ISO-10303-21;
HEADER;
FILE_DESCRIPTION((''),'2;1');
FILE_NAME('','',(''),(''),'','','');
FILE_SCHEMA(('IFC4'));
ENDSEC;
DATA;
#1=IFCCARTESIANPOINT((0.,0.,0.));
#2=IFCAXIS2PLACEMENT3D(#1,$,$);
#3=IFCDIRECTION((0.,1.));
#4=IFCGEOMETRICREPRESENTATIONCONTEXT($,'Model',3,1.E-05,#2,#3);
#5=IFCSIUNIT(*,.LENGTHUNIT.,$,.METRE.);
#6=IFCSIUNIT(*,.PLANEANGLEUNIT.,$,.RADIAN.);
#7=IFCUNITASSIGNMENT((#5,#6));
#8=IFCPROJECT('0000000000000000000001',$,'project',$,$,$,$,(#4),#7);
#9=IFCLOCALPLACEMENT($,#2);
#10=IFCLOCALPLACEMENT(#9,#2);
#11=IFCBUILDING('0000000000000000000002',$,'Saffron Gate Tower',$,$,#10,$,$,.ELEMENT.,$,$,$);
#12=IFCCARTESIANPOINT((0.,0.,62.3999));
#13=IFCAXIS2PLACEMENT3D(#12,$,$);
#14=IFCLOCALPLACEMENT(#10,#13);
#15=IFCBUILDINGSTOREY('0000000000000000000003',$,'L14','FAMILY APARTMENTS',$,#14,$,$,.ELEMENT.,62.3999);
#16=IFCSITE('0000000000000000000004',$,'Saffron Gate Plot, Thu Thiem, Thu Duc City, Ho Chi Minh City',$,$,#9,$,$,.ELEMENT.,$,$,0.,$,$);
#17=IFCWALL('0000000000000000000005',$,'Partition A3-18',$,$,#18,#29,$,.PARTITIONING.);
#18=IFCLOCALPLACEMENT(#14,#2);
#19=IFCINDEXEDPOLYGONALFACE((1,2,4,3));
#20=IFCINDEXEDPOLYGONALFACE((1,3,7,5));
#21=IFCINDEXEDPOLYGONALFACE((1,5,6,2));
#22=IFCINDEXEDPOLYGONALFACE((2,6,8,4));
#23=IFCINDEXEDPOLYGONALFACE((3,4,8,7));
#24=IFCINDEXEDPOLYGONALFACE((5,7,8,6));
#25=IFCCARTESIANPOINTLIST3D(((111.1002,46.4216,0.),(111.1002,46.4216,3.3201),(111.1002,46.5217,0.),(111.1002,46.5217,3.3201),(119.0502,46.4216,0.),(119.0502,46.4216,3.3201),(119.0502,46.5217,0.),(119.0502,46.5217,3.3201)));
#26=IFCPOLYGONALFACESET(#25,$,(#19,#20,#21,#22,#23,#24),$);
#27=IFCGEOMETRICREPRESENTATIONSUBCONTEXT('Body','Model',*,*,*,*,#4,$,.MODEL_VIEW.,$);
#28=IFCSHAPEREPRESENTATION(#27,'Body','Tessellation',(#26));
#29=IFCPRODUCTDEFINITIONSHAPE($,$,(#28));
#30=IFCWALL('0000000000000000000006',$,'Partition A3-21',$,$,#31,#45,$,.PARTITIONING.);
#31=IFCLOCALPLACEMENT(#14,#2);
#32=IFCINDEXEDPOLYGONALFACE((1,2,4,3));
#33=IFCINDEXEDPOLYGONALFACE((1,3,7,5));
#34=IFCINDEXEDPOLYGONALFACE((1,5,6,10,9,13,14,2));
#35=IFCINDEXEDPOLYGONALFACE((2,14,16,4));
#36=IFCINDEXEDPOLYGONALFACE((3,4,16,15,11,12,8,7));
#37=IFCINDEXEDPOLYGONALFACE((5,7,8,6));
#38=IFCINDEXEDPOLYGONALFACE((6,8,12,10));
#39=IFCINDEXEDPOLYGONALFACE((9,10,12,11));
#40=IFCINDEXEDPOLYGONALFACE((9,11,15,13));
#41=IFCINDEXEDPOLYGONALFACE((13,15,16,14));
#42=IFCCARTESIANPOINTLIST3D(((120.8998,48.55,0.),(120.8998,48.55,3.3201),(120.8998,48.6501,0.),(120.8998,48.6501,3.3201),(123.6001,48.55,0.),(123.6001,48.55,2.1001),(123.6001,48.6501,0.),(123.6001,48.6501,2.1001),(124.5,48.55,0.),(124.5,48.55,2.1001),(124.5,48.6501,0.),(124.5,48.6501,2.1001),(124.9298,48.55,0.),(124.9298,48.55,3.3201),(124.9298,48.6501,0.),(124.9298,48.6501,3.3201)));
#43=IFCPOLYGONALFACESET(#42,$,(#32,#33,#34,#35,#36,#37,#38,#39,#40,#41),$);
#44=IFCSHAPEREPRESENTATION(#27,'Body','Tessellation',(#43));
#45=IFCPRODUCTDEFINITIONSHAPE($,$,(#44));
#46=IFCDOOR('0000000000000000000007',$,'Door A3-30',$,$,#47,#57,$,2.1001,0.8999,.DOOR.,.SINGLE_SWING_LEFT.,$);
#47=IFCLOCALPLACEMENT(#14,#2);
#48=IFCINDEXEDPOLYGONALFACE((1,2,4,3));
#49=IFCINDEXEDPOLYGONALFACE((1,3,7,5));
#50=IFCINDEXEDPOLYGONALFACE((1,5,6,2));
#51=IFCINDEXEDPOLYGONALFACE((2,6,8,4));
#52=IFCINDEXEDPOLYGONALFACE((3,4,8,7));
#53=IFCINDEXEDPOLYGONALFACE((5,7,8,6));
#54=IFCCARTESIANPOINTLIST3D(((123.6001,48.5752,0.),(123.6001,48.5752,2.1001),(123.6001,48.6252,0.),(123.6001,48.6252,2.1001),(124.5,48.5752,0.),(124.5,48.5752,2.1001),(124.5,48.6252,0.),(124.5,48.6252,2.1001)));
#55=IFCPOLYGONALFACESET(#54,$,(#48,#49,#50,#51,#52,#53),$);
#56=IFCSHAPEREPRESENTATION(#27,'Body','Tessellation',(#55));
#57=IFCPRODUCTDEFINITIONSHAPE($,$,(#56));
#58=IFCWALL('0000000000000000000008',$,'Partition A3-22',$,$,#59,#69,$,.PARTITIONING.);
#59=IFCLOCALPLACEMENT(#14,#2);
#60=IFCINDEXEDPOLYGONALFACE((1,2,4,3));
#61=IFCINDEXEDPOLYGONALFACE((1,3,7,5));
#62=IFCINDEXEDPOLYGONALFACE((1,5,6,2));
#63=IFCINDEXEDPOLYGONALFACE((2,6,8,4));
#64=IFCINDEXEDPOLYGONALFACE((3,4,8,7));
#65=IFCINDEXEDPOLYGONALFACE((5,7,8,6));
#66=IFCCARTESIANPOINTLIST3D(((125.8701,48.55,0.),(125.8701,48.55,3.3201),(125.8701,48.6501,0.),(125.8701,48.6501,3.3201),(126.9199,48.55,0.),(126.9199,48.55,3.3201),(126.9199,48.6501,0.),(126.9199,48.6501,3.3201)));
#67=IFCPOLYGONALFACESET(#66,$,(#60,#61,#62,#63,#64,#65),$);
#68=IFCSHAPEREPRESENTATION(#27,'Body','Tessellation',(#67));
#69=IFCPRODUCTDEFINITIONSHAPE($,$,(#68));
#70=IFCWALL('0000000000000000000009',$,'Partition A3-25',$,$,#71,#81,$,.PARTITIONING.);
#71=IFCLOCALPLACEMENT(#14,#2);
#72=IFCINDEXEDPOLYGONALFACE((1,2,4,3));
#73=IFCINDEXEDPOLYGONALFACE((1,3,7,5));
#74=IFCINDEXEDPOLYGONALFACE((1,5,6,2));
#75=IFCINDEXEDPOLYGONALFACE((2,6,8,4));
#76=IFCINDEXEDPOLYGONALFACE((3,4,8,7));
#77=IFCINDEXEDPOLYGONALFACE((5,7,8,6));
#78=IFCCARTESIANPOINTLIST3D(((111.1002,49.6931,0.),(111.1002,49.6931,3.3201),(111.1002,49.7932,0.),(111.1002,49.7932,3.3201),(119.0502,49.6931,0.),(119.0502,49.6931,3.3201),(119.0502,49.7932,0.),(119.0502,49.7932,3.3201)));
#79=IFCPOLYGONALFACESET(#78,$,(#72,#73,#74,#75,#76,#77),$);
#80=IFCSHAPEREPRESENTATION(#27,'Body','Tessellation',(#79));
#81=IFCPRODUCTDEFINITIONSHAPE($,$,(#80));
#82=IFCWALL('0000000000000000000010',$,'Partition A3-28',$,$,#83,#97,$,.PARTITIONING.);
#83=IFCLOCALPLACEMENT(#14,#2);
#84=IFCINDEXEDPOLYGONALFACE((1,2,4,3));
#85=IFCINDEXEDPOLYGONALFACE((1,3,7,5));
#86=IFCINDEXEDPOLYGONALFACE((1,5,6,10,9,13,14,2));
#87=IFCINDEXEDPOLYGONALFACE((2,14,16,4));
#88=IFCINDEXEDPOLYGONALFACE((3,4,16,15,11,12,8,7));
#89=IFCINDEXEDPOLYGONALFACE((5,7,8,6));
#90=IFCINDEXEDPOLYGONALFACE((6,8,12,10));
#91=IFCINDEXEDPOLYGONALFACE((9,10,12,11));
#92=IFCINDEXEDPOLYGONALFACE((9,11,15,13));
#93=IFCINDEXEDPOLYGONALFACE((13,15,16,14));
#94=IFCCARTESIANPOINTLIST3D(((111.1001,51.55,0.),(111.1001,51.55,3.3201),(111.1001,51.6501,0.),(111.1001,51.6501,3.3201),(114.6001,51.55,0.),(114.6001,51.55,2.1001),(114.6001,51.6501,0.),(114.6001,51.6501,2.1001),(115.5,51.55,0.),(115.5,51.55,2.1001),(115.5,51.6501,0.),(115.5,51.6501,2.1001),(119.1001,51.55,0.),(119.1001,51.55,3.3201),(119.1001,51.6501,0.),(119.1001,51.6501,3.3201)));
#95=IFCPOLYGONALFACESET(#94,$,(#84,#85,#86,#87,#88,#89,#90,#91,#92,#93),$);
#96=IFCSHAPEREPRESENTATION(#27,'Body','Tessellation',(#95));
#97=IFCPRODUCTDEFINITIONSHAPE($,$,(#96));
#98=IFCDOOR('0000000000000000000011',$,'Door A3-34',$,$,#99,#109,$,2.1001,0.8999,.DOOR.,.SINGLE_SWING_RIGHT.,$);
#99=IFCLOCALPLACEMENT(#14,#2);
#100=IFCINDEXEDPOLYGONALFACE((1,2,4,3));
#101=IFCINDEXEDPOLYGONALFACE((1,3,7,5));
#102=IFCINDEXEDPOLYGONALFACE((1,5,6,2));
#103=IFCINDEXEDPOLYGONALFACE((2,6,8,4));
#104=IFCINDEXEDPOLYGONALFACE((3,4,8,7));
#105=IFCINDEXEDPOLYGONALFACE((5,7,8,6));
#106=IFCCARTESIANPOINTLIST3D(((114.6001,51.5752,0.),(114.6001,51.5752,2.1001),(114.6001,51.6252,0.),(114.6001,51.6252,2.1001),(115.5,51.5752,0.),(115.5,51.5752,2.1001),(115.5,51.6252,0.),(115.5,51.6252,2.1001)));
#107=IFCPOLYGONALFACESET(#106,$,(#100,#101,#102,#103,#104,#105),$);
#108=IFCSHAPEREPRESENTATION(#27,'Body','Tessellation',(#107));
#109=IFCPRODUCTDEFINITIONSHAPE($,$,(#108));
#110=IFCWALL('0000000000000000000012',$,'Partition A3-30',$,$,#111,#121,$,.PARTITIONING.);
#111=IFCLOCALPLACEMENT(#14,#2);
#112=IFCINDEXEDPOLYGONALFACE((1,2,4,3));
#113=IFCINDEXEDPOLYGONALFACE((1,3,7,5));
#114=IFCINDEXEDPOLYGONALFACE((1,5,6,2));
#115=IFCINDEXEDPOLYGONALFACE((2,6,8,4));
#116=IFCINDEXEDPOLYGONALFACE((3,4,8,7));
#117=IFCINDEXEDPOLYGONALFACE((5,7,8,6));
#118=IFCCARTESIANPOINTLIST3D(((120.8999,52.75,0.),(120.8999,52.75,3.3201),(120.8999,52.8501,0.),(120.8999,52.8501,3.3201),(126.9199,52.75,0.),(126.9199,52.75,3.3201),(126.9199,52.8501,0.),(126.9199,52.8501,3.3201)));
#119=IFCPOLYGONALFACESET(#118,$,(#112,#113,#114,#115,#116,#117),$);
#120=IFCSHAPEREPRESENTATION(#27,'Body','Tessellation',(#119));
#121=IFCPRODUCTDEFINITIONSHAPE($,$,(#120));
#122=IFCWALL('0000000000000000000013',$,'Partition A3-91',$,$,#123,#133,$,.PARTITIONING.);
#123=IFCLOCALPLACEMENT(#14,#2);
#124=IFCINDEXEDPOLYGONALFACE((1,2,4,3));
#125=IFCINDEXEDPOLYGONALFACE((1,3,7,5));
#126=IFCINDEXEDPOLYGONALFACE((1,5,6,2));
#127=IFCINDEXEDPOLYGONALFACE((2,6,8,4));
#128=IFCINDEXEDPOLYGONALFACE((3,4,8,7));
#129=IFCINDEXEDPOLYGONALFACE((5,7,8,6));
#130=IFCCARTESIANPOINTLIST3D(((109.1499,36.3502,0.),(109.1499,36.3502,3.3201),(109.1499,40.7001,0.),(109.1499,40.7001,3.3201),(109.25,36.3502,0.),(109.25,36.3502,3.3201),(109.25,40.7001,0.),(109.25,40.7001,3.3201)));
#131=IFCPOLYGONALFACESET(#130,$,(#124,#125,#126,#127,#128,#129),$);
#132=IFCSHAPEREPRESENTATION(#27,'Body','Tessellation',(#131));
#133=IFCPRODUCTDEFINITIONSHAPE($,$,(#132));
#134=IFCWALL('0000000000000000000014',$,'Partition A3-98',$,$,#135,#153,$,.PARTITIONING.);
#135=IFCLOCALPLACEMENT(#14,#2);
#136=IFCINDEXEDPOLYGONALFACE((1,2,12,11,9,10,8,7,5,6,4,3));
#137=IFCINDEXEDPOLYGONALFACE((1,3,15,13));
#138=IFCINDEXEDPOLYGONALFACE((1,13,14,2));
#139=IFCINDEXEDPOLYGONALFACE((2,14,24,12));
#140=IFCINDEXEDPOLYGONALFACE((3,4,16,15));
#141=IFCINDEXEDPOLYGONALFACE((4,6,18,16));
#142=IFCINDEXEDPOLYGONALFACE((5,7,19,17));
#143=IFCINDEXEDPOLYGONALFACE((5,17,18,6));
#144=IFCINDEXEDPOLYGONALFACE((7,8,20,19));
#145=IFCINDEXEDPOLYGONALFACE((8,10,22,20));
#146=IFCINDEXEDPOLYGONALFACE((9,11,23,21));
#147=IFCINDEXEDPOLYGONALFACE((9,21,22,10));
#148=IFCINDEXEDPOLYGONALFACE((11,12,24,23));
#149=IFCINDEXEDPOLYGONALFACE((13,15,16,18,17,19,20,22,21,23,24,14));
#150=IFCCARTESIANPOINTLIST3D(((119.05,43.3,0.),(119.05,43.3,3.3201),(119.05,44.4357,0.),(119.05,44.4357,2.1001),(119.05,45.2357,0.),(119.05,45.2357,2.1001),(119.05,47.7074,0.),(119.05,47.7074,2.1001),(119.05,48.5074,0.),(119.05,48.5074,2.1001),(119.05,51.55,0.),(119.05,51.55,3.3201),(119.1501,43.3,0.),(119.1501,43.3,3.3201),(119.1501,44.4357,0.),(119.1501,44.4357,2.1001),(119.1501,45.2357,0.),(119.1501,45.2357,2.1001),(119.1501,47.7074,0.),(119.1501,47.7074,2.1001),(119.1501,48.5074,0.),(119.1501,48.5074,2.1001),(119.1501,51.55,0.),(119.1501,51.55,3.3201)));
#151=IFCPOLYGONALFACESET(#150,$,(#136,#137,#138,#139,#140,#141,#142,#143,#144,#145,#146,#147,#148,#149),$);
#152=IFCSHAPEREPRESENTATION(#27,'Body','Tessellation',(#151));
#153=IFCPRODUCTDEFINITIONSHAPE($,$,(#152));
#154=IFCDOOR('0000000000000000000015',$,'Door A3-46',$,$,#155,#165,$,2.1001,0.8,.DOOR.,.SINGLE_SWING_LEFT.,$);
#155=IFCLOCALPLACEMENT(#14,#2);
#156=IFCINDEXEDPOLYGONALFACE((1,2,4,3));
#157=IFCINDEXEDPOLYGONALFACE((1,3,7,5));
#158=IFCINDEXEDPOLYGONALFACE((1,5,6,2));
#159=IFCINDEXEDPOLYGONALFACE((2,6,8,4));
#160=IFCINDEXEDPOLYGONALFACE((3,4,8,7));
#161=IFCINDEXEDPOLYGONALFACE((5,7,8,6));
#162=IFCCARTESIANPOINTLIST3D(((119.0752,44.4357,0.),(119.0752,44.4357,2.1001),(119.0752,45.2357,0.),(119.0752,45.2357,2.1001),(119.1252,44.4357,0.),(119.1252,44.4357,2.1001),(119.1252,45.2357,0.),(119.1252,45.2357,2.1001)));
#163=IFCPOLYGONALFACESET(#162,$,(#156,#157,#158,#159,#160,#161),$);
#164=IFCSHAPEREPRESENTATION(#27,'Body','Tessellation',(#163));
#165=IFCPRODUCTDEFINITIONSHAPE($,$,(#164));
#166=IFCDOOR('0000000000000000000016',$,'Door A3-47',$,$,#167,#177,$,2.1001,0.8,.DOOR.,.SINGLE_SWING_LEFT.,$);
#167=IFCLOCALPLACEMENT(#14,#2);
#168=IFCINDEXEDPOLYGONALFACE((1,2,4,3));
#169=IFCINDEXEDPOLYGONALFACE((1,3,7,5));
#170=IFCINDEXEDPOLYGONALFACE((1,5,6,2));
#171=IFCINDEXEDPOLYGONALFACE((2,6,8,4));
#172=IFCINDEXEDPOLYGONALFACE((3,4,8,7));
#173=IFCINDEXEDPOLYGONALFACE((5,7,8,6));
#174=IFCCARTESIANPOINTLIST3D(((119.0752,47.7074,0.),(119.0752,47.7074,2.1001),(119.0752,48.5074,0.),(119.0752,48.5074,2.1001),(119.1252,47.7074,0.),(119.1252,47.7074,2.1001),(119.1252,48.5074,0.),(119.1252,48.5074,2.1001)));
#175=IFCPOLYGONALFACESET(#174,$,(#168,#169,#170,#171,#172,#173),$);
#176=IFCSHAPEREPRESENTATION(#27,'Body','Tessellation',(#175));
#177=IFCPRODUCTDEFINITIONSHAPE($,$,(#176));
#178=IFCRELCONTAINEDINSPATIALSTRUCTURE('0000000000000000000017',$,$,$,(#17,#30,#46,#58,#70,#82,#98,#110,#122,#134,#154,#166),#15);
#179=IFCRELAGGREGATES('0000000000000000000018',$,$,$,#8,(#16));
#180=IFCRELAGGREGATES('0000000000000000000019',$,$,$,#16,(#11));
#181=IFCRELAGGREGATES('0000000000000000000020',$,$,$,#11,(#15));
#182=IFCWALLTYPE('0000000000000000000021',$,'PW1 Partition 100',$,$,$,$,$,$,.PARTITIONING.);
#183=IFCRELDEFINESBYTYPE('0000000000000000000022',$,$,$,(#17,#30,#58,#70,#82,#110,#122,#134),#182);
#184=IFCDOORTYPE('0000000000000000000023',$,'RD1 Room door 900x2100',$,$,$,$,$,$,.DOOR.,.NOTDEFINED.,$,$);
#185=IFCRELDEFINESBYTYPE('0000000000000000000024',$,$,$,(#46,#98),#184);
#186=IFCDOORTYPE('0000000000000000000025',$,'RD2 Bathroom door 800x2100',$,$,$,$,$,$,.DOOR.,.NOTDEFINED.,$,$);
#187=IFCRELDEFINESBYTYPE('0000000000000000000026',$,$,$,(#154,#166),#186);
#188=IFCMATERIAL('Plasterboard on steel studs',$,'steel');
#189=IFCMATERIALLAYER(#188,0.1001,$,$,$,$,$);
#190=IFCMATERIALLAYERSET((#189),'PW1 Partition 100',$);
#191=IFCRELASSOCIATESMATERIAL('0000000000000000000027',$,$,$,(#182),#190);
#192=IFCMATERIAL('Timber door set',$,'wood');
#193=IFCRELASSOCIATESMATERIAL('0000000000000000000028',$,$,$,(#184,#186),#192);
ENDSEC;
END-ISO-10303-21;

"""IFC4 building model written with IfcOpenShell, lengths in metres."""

from ifc_helpers import new_model, si_unit, direction, frame, frame_2d, origin, place, context, subcontext, project, spatial, rectangle, extrude, material, layer, layer_set, type_object, element, fill, save


model = new_model("IFC4")

# Units and contexts
model_context = context("Model", 3, precision=1e-05, world=origin(), true_north=direction((0.0, 1.0)))
body_context = subcontext(model_context, "Body", "Model", "MODEL_VIEW")
ifc_project = project(units=[si_unit("LENGTHUNIT", "METRE"), si_unit("PLANEANGLEUNIT", "RADIAN")], contexts=[model_context])

# Site, building, storey
site_placement = place(None, origin())
site = spatial("IfcSite", under=ifc_project, at=site_placement, Name="Saffron Gate Plot, Thu Thiem, Thu Duc City, Ho Chi Minh City", CompositionType="ELEMENT", RefElevation=0.0)
building_placement = place(site_placement, origin())
building = spatial("IfcBuilding", under=site, at=building_placement, Name="Saffron Gate Tower", CompositionType="ELEMENT")
storey_placement = place(building_placement, frame((0.0, 0.0, 62.3999)))
storey = spatial("IfcBuildingStorey", under=building, at=storey_placement, Name="L14", Description="FAMILY APARTMENTS", CompositionType="ELEMENT", Elevation=62.3999)

# Wall
ifc_material_1 = material(Name="Plasterboard on steel studs", Category="steel")
ifc_layer_1 = layer(ifc_material_1, 0.1001)
ifc_layer_set_1 = layer_set([ifc_layer_1], Name="PW1 Partition 100")
wall_type_1 = type_object("IfcWallType", Name="PW1 Partition 100", PredefinedType="PARTITIONING", material=ifc_layer_set_1)
wall_1_placement = place(storey_placement, frame((111.1001, 46.4717, 0.0), z_axis=(0.0, 0.0, 1.0), x_axis=(1.0, 0.0, 0.0)))
element("IfcWall", 1, at=wall_1_placement, inside=storey, type_object=wall_type_1, Name="Partition A3-18", PredefinedType="PARTITIONING", context=body_context, shape_type="SweptSolid", body=[
    extrude(rectangle(XDim=7.95, YDim=0.1001, at=frame_2d((3.9751, 0.0))), origin(), (0.0, 0.0, 1.0), 3.3201),
])

# Wall, opening, door
wall_2_placement = place(storey_placement, frame((124.9299, 48.6001, 0.0), z_axis=(0.0, 0.0, 1.0), x_axis=(-1.0, 0.0, 0.0)))
wall_2 = element("IfcWall", 2, at=wall_2_placement, inside=storey, type_object=wall_type_1, Name="Partition A3-21", PredefinedType="PARTITIONING", context=body_context, shape_type="SweptSolid", body=[
    extrude(rectangle(XDim=4.03, YDim=0.1001, at=frame_2d((2.0151, 0.0))), origin(), (0.0, 0.0, 1.0), 3.3201),
])
opening_1_placement = place(wall_2_placement, frame((0.4299, 0.0, 0.0)))
opening_1 = element("IfcOpeningElement", 3, at=opening_1_placement, cuts=wall_2, PredefinedType="OPENING", context=body_context, shape_type="SweptSolid", body=[
    extrude(rectangle(XDim=0.8999, YDim=2.1001, at=frame_2d((0.45, 1.05))), frame((0.0, 0.0601, 0.0), z_axis=(0.0, -1.0, 0.0), x_axis=(1.0, 0.0, 0.0)), (0.0, 0.0, 1.0), 0.1201),
])
ifc_material_2 = material(Name="Timber door set", Category="wood")
door_type_1 = type_object("IfcDoorType", Name="RD1 Room door 900x2100", OperationType="NOTDEFINED", PredefinedType="DOOR", material=ifc_material_2)
door_1_placement = place(opening_1_placement, origin())
door_1 = element("IfcDoor", 4, at=door_1_placement, inside=storey, type_object=door_type_1, Name="Door A3-30", OperationType="SINGLE_SWING_LEFT", OverallHeight=2.1001, OverallWidth=0.8999, PredefinedType="DOOR", context=body_context, shape_type="SweptSolid", body=[
    extrude(rectangle(XDim=0.8999, YDim=2.1001, at=frame_2d((0.45, 1.05))), frame((0.0, 0.0249, 0.0), z_axis=(0.0, -1.0, 0.0), x_axis=(1.0, 0.0, 0.0)), (0.0, 0.0, 1.0), 0.05),
])
fill(opening_1, door_1)

# Walls
wall_3_placement = place(storey_placement, frame((125.8701, 48.6001, 0.0), z_axis=(0.0, 0.0, 1.0), x_axis=(1.0, 0.0, 0.0)))
element("IfcWall", 5, at=wall_3_placement, inside=storey, type_object=wall_type_1, Name="Partition A3-22", PredefinedType="PARTITIONING", context=body_context, shape_type="SweptSolid", body=[
    extrude(rectangle(XDim=1.0498, YDim=0.1001, at=frame_2d((0.5249, 0.0))), origin(), (0.0, 0.0, 1.0), 3.3201),
])
wall_4_placement = place(storey_placement, frame((111.1001, 49.7432, 0.0), z_axis=(0.0, 0.0, 1.0), x_axis=(1.0, 0.0, 0.0)))
element("IfcWall", 6, at=wall_4_placement, inside=storey, type_object=wall_type_1, Name="Partition A3-25", PredefinedType="PARTITIONING", context=body_context, shape_type="SweptSolid", body=[
    extrude(rectangle(XDim=7.95, YDim=0.1001, at=frame_2d((3.9751, 0.0))), origin(), (0.0, 0.0, 1.0), 3.3201),
])

# Wall, opening, door
wall_5_placement = place(storey_placement, frame((119.1001, 51.6001, 0.0), z_axis=(0.0, 0.0, 1.0), x_axis=(-1.0, 0.0, 0.0)))
wall_5 = element("IfcWall", 7, at=wall_5_placement, inside=storey, type_object=wall_type_1, Name="Partition A3-28", PredefinedType="PARTITIONING", context=body_context, shape_type="SweptSolid", body=[
    extrude(rectangle(XDim=8.0, YDim=0.1001, at=frame_2d((4.0, 0.0))), origin(), (0.0, 0.0, 1.0), 3.3201),
])
opening_2_placement = place(wall_5_placement, frame((3.6001, 0.0, 0.0)))
opening_2 = element("IfcOpeningElement", 8, at=opening_2_placement, cuts=wall_5, PredefinedType="OPENING", context=body_context, shape_type="SweptSolid", body=[
    extrude(rectangle(XDim=0.8999, YDim=2.1001, at=frame_2d((0.45, 1.05))), frame((0.0, 0.0601, 0.0), z_axis=(0.0, -1.0, 0.0), x_axis=(1.0, 0.0, 0.0)), (0.0, 0.0, 1.0), 0.1201),
])
door_2_placement = place(opening_2_placement, origin())
door_2 = element("IfcDoor", 9, at=door_2_placement, inside=storey, type_object=door_type_1, Name="Door A3-34", OperationType="SINGLE_SWING_RIGHT", OverallHeight=2.1001, OverallWidth=0.8999, PredefinedType="DOOR", context=body_context, shape_type="SweptSolid", body=[
    extrude(rectangle(XDim=0.8999, YDim=2.1001, at=frame_2d((0.45, 1.05))), frame((0.0, 0.0249, 0.0), z_axis=(0.0, -1.0, 0.0), x_axis=(1.0, 0.0, 0.0)), (0.0, 0.0, 1.0), 0.05),
])
fill(opening_2, door_2)

# Walls
wall_6_placement = place(storey_placement, frame((120.8999, 52.8, 0.0), z_axis=(0.0, 0.0, 1.0), x_axis=(1.0, 0.0, 0.0)))
element("IfcWall", 10, at=wall_6_placement, inside=storey, type_object=wall_type_1, Name="Partition A3-30", PredefinedType="PARTITIONING", context=body_context, shape_type="SweptSolid", body=[
    extrude(rectangle(XDim=6.02, YDim=0.1001, at=frame_2d((3.01, 0.0))), origin(), (0.0, 0.0, 1.0), 3.3201),
])
wall_7_placement = place(storey_placement, frame((109.2, 40.7, 0.0), z_axis=(0.0, 0.0, 1.0), x_axis=(0.0, -1.0, 0.0)))
element("IfcWall", 11, at=wall_7_placement, inside=storey, type_object=wall_type_1, Name="Partition A3-91", PredefinedType="PARTITIONING", context=body_context, shape_type="SweptSolid", body=[
    extrude(rectangle(XDim=4.3499, YDim=0.1001, at=frame_2d((2.1748, 0.0))), origin(), (0.0, 0.0, 1.0), 3.3201),
])

# Wall, openings, doors
wall_8_placement = place(storey_placement, frame((119.1001, 43.3, 0.0), z_axis=(0.0, 0.0, 1.0), x_axis=(0.0, 1.0, 0.0)))
wall_8 = element("IfcWall", 12, at=wall_8_placement, inside=storey, type_object=wall_type_1, Name="Partition A3-98", PredefinedType="PARTITIONING", context=body_context, shape_type="SweptSolid", body=[
    extrude(rectangle(XDim=8.25, YDim=0.1001, at=frame_2d((4.125, 0.0))), origin(), (0.0, 0.0, 1.0), 3.3201),
])
opening_3_placement = place(wall_8_placement, frame((1.1357, 0.0, 0.0)))
opening_3 = element("IfcOpeningElement", 13, at=opening_3_placement, cuts=wall_8, PredefinedType="OPENING", context=body_context, shape_type="SweptSolid", body=[
    extrude(rectangle(XDim=0.8, YDim=2.1001, at=frame_2d((0.3999, 1.05))), frame((0.0, 0.0601, 0.0), z_axis=(0.0, -1.0, 0.0), x_axis=(1.0, 0.0, 0.0)), (0.0, 0.0, 1.0), 0.1201),
])
opening_4_placement = place(wall_8_placement, frame((4.4075, 0.0, 0.0)))
opening_4 = element("IfcOpeningElement", 14, at=opening_4_placement, cuts=wall_8, PredefinedType="OPENING", context=body_context, shape_type="SweptSolid", body=[
    extrude(rectangle(XDim=0.8, YDim=2.1001, at=frame_2d((0.3999, 1.05))), frame((0.0, 0.0601, 0.0), z_axis=(0.0, -1.0, 0.0), x_axis=(1.0, 0.0, 0.0)), (0.0, 0.0, 1.0), 0.1201),
])
door_type_2 = type_object("IfcDoorType", Name="RD2 Bathroom door 800x2100", OperationType="NOTDEFINED", PredefinedType="DOOR", material=ifc_material_2)
door_3_placement = place(opening_3_placement, origin())
door_3 = element("IfcDoor", 15, at=door_3_placement, inside=storey, type_object=door_type_2, Name="Door A3-46", OperationType="SINGLE_SWING_LEFT", OverallHeight=2.1001, OverallWidth=0.8, PredefinedType="DOOR", context=body_context, shape_type="SweptSolid", body=[
    extrude(rectangle(XDim=0.8, YDim=2.1001, at=frame_2d((0.3999, 1.05))), frame((0.0, 0.0249, 0.0), z_axis=(0.0, -1.0, 0.0), x_axis=(1.0, 0.0, 0.0)), (0.0, 0.0, 1.0), 0.05),
])
fill(opening_3, door_3)
door_4_placement = place(opening_4_placement, origin())
door_4 = element("IfcDoor", 16, at=door_4_placement, inside=storey, type_object=door_type_2, Name="Door A3-47", OperationType="SINGLE_SWING_LEFT", OverallHeight=2.1001, OverallWidth=0.8, PredefinedType="DOOR", context=body_context, shape_type="SweptSolid", body=[
    extrude(rectangle(XDim=0.8, YDim=2.1001, at=frame_2d((0.3999, 1.05))), frame((0.0, 0.0249, 0.0), z_axis=(0.0, -1.0, 0.0), x_axis=(1.0, 0.0, 0.0)), (0.0, 0.0, 1.0), 0.05),
])
fill(opening_4, door_4)

save(model, "model.ifc")
